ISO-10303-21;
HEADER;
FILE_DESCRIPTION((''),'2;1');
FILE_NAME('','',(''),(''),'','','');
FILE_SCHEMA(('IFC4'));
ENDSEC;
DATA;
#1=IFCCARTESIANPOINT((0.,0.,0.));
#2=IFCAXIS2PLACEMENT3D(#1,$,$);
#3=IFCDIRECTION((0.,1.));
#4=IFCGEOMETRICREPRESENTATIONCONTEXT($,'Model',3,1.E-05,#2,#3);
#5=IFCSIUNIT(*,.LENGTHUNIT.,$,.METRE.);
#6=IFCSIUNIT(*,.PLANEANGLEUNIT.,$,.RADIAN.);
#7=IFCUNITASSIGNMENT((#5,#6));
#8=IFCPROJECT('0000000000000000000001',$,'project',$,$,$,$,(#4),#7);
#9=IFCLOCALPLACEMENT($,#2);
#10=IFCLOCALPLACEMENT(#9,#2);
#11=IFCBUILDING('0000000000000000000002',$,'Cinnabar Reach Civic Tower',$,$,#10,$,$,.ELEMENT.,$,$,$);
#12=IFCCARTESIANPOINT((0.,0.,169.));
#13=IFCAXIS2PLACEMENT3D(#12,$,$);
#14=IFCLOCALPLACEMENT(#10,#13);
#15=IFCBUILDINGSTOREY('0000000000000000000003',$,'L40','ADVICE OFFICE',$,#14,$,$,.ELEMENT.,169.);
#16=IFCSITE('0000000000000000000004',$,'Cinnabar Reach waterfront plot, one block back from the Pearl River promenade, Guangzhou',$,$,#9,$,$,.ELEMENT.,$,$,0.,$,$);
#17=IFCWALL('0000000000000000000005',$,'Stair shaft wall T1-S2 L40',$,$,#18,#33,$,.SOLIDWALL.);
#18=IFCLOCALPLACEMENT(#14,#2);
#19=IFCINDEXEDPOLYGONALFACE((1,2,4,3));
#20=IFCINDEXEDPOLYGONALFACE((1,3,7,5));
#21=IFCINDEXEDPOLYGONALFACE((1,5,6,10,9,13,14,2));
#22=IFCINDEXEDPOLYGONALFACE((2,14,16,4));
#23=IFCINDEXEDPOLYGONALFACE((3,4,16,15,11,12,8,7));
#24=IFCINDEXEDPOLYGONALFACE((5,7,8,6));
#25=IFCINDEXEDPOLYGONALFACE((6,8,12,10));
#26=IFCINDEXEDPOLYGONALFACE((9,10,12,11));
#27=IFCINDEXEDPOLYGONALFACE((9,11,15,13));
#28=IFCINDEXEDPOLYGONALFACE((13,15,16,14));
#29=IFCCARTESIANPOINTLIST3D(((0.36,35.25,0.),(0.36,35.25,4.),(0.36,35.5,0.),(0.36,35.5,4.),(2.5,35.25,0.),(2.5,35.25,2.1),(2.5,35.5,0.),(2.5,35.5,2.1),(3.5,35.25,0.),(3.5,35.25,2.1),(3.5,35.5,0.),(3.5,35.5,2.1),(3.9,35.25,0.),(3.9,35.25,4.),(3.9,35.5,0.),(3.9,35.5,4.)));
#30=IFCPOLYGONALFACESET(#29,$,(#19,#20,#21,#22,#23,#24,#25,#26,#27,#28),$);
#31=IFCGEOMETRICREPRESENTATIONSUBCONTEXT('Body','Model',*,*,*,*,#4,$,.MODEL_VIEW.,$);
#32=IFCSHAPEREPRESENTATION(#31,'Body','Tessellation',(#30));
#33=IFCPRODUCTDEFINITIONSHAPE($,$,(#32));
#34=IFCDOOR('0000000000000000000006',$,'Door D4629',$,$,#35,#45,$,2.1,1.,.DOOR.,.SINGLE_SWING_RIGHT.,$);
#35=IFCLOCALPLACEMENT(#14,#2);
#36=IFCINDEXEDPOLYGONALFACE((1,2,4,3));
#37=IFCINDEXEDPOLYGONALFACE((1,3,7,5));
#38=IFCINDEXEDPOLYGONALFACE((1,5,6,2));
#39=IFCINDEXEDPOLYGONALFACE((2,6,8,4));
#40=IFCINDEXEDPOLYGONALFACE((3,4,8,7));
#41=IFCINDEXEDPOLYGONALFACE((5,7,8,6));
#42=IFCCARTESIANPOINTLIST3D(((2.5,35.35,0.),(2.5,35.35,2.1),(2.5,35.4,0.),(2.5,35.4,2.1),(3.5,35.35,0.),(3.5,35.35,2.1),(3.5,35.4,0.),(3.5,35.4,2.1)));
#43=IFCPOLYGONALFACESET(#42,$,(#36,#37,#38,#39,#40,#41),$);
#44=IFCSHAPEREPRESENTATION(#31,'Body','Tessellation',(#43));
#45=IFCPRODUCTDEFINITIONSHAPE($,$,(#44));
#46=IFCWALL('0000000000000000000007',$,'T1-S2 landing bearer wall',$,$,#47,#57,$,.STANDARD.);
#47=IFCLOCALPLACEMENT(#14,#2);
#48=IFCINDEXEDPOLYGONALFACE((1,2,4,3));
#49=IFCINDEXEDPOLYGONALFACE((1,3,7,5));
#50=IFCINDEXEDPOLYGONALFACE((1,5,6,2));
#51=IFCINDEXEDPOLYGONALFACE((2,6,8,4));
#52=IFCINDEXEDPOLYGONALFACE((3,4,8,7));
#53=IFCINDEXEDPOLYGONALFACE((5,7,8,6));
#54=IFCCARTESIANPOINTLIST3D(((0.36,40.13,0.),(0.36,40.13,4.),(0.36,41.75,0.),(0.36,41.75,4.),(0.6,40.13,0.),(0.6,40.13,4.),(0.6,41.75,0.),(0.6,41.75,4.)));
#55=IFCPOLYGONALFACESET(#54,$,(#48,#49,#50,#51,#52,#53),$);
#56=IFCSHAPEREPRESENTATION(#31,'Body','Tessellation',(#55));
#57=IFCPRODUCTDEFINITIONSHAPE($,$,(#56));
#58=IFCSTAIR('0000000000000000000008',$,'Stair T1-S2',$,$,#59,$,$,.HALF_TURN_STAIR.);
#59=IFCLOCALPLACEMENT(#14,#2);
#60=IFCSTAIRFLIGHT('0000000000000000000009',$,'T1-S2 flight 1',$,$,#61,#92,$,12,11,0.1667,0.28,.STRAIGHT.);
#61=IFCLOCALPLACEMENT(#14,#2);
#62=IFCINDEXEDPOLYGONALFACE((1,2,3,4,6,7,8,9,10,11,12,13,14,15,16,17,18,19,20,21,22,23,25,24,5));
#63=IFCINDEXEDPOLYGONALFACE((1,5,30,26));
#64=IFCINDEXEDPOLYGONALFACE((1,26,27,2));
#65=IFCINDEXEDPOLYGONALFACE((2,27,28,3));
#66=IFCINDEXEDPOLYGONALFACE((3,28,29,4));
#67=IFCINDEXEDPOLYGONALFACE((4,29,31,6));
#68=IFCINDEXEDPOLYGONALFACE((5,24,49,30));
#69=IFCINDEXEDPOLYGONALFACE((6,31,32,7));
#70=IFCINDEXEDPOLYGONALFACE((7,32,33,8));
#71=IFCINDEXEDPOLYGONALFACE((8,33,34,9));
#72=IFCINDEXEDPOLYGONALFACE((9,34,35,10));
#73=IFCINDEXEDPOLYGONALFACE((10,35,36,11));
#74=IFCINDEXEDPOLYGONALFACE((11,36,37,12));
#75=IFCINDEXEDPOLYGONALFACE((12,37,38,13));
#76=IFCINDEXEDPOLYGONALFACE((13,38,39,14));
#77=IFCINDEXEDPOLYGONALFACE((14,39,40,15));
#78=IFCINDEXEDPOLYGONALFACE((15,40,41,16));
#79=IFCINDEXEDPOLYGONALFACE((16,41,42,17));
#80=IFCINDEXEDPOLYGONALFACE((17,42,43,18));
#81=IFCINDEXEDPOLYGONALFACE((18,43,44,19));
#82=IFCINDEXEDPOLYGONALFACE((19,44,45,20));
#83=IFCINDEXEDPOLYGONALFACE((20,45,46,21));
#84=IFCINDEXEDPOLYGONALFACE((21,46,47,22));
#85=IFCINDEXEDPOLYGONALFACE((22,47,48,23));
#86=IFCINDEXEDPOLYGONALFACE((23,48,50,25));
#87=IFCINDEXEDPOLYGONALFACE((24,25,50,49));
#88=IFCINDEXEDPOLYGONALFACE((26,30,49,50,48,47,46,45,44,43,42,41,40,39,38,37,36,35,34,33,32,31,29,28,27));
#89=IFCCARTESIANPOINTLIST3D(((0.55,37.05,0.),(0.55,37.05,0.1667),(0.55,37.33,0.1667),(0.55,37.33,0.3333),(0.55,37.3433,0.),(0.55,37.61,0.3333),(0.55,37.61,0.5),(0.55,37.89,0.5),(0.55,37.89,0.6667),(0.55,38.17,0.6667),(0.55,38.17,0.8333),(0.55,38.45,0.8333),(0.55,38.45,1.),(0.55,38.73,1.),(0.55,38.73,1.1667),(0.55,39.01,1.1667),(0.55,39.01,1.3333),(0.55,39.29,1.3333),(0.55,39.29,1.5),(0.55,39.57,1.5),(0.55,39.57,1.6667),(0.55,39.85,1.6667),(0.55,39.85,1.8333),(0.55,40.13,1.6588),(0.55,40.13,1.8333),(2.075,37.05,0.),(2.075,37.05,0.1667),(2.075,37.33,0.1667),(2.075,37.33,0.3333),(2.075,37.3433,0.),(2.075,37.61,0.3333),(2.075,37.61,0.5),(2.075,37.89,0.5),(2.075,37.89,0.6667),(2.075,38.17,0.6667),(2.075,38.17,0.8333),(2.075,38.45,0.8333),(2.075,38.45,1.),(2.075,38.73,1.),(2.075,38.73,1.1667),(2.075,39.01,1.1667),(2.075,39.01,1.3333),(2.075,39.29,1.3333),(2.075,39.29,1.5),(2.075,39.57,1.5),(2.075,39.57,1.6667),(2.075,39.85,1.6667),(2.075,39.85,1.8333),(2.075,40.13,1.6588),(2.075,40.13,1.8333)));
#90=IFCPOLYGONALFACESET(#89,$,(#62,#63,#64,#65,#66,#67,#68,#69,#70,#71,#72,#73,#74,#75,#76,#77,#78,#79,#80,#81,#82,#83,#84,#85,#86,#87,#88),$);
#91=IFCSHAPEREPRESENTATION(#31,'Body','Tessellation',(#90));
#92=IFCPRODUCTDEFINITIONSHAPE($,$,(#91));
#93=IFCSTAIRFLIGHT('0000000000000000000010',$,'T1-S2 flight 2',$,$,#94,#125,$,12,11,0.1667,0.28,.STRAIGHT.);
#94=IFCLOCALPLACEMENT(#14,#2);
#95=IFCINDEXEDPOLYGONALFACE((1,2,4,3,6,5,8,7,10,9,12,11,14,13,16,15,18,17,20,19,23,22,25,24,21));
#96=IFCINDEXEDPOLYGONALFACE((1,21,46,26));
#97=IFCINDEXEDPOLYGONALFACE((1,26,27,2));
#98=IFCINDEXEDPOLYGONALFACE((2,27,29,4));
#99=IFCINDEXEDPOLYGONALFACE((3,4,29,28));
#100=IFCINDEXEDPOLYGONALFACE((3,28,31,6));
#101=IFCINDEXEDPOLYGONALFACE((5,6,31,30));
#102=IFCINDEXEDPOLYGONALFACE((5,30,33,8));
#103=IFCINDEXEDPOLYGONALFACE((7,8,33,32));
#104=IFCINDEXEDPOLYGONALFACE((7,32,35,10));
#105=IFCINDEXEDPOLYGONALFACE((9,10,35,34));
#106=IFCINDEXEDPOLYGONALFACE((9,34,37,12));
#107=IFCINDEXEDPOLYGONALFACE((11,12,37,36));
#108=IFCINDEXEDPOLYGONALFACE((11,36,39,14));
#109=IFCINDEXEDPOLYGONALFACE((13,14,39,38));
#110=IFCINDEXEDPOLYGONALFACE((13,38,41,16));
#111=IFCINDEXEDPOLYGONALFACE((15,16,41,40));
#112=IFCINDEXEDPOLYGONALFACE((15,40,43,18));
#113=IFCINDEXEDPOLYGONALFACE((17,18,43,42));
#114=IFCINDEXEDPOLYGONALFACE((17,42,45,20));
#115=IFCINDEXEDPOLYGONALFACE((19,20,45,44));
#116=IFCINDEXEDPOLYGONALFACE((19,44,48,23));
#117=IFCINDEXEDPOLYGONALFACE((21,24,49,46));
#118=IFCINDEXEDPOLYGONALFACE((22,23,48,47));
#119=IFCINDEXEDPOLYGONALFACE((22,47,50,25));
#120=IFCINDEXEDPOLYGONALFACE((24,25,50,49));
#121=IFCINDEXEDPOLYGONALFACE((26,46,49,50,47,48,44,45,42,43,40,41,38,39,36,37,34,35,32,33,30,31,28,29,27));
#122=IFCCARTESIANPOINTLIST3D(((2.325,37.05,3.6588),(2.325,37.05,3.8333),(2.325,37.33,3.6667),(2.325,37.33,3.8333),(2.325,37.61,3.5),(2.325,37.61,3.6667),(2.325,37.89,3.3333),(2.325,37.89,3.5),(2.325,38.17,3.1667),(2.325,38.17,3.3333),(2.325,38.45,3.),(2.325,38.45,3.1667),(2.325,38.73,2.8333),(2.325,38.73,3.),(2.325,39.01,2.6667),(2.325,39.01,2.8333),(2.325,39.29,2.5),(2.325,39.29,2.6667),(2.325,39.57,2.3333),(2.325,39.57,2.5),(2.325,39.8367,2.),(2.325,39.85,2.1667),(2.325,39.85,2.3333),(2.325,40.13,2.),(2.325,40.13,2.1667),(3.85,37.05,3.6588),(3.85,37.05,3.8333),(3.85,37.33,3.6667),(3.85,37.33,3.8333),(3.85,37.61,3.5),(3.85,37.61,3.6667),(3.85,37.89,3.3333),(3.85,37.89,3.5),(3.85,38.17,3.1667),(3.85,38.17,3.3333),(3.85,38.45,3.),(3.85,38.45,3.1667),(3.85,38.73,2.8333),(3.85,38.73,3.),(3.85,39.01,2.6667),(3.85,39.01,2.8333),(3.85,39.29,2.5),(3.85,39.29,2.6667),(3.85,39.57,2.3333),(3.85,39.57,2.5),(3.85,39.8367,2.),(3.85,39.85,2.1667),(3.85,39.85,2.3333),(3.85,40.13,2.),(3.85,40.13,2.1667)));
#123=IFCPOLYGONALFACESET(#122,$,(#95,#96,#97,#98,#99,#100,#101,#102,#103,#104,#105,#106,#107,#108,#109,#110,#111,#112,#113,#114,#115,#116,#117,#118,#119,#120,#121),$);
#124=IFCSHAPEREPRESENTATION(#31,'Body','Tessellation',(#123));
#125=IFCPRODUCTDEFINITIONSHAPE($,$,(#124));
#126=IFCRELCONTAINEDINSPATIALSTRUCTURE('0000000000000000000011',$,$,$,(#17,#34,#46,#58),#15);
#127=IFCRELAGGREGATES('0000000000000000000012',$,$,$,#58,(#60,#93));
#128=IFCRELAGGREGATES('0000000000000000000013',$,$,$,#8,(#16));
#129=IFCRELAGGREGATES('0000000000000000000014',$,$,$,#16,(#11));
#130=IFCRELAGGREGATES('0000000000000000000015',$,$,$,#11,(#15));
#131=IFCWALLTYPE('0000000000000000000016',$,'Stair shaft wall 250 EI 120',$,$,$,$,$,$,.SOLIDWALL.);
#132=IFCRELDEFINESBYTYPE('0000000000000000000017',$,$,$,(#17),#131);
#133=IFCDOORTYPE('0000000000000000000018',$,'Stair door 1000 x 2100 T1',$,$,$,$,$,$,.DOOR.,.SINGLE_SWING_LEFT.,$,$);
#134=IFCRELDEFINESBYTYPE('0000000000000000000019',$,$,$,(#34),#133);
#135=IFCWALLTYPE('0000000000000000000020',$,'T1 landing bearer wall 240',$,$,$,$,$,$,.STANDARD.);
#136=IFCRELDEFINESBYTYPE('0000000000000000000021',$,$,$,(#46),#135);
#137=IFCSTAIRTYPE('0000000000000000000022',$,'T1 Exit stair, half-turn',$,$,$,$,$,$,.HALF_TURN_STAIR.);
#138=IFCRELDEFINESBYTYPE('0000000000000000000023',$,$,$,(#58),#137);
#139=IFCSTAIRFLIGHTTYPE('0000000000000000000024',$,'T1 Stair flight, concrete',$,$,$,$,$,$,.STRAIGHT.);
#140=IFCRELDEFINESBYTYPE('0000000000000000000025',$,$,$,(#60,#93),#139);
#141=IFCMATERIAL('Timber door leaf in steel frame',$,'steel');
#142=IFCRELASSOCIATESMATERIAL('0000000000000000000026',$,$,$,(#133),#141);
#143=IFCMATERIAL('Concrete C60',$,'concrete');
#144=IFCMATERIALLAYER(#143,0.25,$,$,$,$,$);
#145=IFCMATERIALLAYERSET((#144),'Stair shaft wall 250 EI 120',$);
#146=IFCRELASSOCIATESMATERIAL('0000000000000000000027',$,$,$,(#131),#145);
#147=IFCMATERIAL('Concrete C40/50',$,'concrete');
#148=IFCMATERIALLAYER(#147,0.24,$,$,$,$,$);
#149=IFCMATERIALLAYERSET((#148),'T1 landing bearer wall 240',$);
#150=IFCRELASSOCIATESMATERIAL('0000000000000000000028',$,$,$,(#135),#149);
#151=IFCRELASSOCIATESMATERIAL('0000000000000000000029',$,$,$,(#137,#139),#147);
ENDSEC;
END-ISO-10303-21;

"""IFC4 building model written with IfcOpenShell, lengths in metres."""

from ifc_helpers import new_model, si_unit, direction, frame, frame_2d, origin, place, context, subcontext, project, spatial, polyline, rectangle, outline, extrude, material, layer, layer_set, type_object, element, fill, aggregate, save


model = new_model("IFC4")

# Units and contexts
model_context = context("Model", 3, precision=1e-05, world=origin(), true_north=direction((0.0, 1.0)))
body_context = subcontext(model_context, "Body", "Model", "MODEL_VIEW")
ifc_project = project(units=[si_unit("LENGTHUNIT", "METRE"), si_unit("PLANEANGLEUNIT", "RADIAN")], contexts=[model_context])

# Site, building, storey
site_placement = place(None, origin())
site = spatial("IfcSite", under=ifc_project, at=site_placement, Name="Cinnabar Reach waterfront plot, one block back from the Pearl River promenade, Guangzhou", CompositionType="ELEMENT", RefElevation=0.0)
building_placement = place(site_placement, origin())
building = spatial("IfcBuilding", under=site, at=building_placement, Name="Cinnabar Reach Civic Tower", CompositionType="ELEMENT")
storey_placement = place(building_placement, frame((0.0, 0.0, 169.0)))
storey = spatial("IfcBuildingStorey", under=building, at=storey_placement, Name="L40", Description="ADVICE OFFICE", CompositionType="ELEMENT", Elevation=169.0)

# Shared definitions
ifc_material_1 = material(Name="Concrete C60", Category="concrete")

# Shared definitions
ifc_material_2 = material(Name="Timber door leaf in steel frame", Category="steel")
door_type_1 = type_object("IfcDoorType", Name="Stair door 1000 x 2100 T1", OperationType="SINGLE_SWING_LEFT", PredefinedType="DOOR", material=ifc_material_2)

# Wall, opening, door
ifc_layer_1 = layer(ifc_material_1, 0.25)
ifc_layer_set_1 = layer_set([ifc_layer_1], Name="Stair shaft wall 250 EI 120")
wall_type_1 = type_object("IfcWallType", Name="Stair shaft wall 250 EI 120", PredefinedType="SOLIDWALL", material=ifc_layer_set_1)
wall_1_placement = place(storey_placement, frame((0.36, 35.375, 0.0), z_axis=(0.0, 0.0, 1.0), x_axis=(1.0, 0.0, 0.0)))
wall_1 = element("IfcWall", 1, at=wall_1_placement, inside=storey, type_object=wall_type_1, Name="Stair shaft wall T1-S2 L40", PredefinedType="SOLIDWALL", context=body_context, shape_type="SweptSolid", body=[
    extrude(rectangle(XDim=3.54, YDim=0.25, at=frame_2d((1.77, 0.0))), origin(), (0.0, 0.0, 1.0), 4.0),
])
opening_1_placement = place(wall_1_placement, frame((2.14, 0.0, 0.0)))
opening_1 = element("IfcOpeningElement", 2, at=opening_1_placement, cuts=wall_1, PredefinedType="OPENING", context=body_context, shape_type="SweptSolid", body=[
    extrude(rectangle(XDim=1.0, YDim=2.1, at=frame_2d((0.5, 1.05))), frame((0.0, 0.135, 0.0), z_axis=(0.0, -1.0, 0.0), x_axis=(1.0, 0.0, 0.0)), (0.0, 0.0, 1.0), 0.27),
])
door_1_placement = place(opening_1_placement, origin())
door_1 = element("IfcDoor", 3, at=door_1_placement, inside=storey, type_object=door_type_1, Name="Door D4629", OperationType="SINGLE_SWING_RIGHT", OverallHeight=2.1, OverallWidth=1.0, PredefinedType="DOOR", context=body_context, shape_type="SweptSolid", body=[
    extrude(rectangle(XDim=1.0, YDim=2.1, at=frame_2d((0.5, 1.05))), frame((0.0, 0.025, 0.0), z_axis=(0.0, -1.0, 0.0), x_axis=(1.0, 0.0, 0.0)), (0.0, 0.0, 1.0), 0.05),
])
fill(opening_1, door_1)

# Wall
ifc_material_3 = material(Name="Concrete C40/50", Category="concrete")
ifc_layer_2 = layer(ifc_material_3, 0.24)
ifc_layer_set_2 = layer_set([ifc_layer_2], Name="T1 landing bearer wall 240")
wall_type_2 = type_object("IfcWallType", Name="T1 landing bearer wall 240", PredefinedType="STANDARD", material=ifc_layer_set_2)
wall_2_placement = place(storey_placement, frame((0.48, 40.13, 0.0), z_axis=(0.0, 0.0, 1.0), x_axis=(0.0, 1.0, 0.0)))
element("IfcWall", 4, at=wall_2_placement, inside=storey, type_object=wall_type_2, Name="T1-S2 landing bearer wall", PredefinedType="STANDARD", context=body_context, shape_type="SweptSolid", body=[
    extrude(rectangle(XDim=1.62, YDim=0.24, at=frame_2d((0.81, 0.0))), origin(), (0.0, 0.0, 1.0), 4.0),
])

# Stair, stair flights
stair_type = type_object("IfcStairType", Name="T1 Exit stair, half-turn", PredefinedType="HALF_TURN_STAIR", material=ifc_material_3)
stair_placement = place(storey_placement, origin())
stair = element("IfcStair", 5, at=stair_placement, inside=storey, type_object=stair_type, Name="Stair T1-S2", PredefinedType="HALF_TURN_STAIR")
stair_flight_type = type_object("IfcStairFlightType", Name="T1 Stair flight, concrete", PredefinedType="STRAIGHT", material=ifc_material_3)
stair_flight_1_placement = place(storey_placement, frame((1.3125, 37.05, 0.0), z_axis=(0.0, 0.0, 1.0), x_axis=(0.0, 1.0, 0.0)))
stair_flight_1 = element("IfcStairFlight", 6, at=stair_flight_1_placement, type_object=stair_flight_type, Name="T1-S2 flight 1", NumberOfRisers=12, NumberOfTreads=11, PredefinedType="STRAIGHT", RiserHeight=0.1667, TreadLength=0.28, context=body_context, shape_type="SweptSolid", body=[
    extrude(outline(polyline([(0.0, 0.0), (0.0, 0.1667), (0.28, 0.1667), (0.28, 0.3333), (0.56, 0.3333), (0.56, 0.5), (0.84, 0.5), (0.84, 0.6667), (1.12, 0.6667), (1.12, 0.8333), (1.4, 0.8333), (1.4, 1.0), (1.68, 1.0), (1.68, 1.1667), (1.96, 1.1667), (1.96, 1.3333), (2.24, 1.3333), (2.24, 1.5), (2.52, 1.5), (2.52, 1.6667), (2.8, 1.6667), (2.8, 1.8333), (3.08, 1.8333), (3.08, 2.0), (3.08, 1.6588), (0.2933, 0.0), (0.0, 0.0)])), frame((0.0, 0.7625, 0.0), z_axis=(0.0, -1.0, 0.0), x_axis=(1.0, 0.0, 0.0)), (0.0, 0.0, 1.0), 1.525),
])
stair_flight_2_placement = place(storey_placement, frame((3.0875, 40.13, 2.0), z_axis=(0.0, 0.0, 1.0), x_axis=(0.0, -1.0, 0.0)))
stair_flight_2 = element("IfcStairFlight", 7, at=stair_flight_2_placement, type_object=stair_flight_type, Name="T1-S2 flight 2", NumberOfRisers=12, NumberOfTreads=11, PredefinedType="STRAIGHT", RiserHeight=0.1667, TreadLength=0.28, context=body_context, shape_type="SweptSolid", body=[
    extrude(outline(polyline([(0.0, 0.0), (0.0, 0.1667), (0.28, 0.1667), (0.28, 0.3333), (0.56, 0.3333), (0.56, 0.5), (0.84, 0.5), (0.84, 0.6667), (1.12, 0.6667), (1.12, 0.8333), (1.4, 0.8333), (1.4, 1.0), (1.68, 1.0), (1.68, 1.1667), (1.96, 1.1667), (1.96, 1.3333), (2.24, 1.3333), (2.24, 1.5), (2.52, 1.5), (2.52, 1.6667), (2.8, 1.6667), (2.8, 1.8333), (3.08, 1.8333), (3.08, 2.0), (3.08, 1.6588), (0.2933, 0.0), (0.0, 0.0)])), frame((0.0, 0.7625, 0.0), z_axis=(0.0, -1.0, 0.0), x_axis=(1.0, 0.0, 0.0)), (0.0, 0.0, 1.0), 1.525),
])
aggregate(stair, [stair_flight_1, stair_flight_2])

save(model, "model.ifc")
